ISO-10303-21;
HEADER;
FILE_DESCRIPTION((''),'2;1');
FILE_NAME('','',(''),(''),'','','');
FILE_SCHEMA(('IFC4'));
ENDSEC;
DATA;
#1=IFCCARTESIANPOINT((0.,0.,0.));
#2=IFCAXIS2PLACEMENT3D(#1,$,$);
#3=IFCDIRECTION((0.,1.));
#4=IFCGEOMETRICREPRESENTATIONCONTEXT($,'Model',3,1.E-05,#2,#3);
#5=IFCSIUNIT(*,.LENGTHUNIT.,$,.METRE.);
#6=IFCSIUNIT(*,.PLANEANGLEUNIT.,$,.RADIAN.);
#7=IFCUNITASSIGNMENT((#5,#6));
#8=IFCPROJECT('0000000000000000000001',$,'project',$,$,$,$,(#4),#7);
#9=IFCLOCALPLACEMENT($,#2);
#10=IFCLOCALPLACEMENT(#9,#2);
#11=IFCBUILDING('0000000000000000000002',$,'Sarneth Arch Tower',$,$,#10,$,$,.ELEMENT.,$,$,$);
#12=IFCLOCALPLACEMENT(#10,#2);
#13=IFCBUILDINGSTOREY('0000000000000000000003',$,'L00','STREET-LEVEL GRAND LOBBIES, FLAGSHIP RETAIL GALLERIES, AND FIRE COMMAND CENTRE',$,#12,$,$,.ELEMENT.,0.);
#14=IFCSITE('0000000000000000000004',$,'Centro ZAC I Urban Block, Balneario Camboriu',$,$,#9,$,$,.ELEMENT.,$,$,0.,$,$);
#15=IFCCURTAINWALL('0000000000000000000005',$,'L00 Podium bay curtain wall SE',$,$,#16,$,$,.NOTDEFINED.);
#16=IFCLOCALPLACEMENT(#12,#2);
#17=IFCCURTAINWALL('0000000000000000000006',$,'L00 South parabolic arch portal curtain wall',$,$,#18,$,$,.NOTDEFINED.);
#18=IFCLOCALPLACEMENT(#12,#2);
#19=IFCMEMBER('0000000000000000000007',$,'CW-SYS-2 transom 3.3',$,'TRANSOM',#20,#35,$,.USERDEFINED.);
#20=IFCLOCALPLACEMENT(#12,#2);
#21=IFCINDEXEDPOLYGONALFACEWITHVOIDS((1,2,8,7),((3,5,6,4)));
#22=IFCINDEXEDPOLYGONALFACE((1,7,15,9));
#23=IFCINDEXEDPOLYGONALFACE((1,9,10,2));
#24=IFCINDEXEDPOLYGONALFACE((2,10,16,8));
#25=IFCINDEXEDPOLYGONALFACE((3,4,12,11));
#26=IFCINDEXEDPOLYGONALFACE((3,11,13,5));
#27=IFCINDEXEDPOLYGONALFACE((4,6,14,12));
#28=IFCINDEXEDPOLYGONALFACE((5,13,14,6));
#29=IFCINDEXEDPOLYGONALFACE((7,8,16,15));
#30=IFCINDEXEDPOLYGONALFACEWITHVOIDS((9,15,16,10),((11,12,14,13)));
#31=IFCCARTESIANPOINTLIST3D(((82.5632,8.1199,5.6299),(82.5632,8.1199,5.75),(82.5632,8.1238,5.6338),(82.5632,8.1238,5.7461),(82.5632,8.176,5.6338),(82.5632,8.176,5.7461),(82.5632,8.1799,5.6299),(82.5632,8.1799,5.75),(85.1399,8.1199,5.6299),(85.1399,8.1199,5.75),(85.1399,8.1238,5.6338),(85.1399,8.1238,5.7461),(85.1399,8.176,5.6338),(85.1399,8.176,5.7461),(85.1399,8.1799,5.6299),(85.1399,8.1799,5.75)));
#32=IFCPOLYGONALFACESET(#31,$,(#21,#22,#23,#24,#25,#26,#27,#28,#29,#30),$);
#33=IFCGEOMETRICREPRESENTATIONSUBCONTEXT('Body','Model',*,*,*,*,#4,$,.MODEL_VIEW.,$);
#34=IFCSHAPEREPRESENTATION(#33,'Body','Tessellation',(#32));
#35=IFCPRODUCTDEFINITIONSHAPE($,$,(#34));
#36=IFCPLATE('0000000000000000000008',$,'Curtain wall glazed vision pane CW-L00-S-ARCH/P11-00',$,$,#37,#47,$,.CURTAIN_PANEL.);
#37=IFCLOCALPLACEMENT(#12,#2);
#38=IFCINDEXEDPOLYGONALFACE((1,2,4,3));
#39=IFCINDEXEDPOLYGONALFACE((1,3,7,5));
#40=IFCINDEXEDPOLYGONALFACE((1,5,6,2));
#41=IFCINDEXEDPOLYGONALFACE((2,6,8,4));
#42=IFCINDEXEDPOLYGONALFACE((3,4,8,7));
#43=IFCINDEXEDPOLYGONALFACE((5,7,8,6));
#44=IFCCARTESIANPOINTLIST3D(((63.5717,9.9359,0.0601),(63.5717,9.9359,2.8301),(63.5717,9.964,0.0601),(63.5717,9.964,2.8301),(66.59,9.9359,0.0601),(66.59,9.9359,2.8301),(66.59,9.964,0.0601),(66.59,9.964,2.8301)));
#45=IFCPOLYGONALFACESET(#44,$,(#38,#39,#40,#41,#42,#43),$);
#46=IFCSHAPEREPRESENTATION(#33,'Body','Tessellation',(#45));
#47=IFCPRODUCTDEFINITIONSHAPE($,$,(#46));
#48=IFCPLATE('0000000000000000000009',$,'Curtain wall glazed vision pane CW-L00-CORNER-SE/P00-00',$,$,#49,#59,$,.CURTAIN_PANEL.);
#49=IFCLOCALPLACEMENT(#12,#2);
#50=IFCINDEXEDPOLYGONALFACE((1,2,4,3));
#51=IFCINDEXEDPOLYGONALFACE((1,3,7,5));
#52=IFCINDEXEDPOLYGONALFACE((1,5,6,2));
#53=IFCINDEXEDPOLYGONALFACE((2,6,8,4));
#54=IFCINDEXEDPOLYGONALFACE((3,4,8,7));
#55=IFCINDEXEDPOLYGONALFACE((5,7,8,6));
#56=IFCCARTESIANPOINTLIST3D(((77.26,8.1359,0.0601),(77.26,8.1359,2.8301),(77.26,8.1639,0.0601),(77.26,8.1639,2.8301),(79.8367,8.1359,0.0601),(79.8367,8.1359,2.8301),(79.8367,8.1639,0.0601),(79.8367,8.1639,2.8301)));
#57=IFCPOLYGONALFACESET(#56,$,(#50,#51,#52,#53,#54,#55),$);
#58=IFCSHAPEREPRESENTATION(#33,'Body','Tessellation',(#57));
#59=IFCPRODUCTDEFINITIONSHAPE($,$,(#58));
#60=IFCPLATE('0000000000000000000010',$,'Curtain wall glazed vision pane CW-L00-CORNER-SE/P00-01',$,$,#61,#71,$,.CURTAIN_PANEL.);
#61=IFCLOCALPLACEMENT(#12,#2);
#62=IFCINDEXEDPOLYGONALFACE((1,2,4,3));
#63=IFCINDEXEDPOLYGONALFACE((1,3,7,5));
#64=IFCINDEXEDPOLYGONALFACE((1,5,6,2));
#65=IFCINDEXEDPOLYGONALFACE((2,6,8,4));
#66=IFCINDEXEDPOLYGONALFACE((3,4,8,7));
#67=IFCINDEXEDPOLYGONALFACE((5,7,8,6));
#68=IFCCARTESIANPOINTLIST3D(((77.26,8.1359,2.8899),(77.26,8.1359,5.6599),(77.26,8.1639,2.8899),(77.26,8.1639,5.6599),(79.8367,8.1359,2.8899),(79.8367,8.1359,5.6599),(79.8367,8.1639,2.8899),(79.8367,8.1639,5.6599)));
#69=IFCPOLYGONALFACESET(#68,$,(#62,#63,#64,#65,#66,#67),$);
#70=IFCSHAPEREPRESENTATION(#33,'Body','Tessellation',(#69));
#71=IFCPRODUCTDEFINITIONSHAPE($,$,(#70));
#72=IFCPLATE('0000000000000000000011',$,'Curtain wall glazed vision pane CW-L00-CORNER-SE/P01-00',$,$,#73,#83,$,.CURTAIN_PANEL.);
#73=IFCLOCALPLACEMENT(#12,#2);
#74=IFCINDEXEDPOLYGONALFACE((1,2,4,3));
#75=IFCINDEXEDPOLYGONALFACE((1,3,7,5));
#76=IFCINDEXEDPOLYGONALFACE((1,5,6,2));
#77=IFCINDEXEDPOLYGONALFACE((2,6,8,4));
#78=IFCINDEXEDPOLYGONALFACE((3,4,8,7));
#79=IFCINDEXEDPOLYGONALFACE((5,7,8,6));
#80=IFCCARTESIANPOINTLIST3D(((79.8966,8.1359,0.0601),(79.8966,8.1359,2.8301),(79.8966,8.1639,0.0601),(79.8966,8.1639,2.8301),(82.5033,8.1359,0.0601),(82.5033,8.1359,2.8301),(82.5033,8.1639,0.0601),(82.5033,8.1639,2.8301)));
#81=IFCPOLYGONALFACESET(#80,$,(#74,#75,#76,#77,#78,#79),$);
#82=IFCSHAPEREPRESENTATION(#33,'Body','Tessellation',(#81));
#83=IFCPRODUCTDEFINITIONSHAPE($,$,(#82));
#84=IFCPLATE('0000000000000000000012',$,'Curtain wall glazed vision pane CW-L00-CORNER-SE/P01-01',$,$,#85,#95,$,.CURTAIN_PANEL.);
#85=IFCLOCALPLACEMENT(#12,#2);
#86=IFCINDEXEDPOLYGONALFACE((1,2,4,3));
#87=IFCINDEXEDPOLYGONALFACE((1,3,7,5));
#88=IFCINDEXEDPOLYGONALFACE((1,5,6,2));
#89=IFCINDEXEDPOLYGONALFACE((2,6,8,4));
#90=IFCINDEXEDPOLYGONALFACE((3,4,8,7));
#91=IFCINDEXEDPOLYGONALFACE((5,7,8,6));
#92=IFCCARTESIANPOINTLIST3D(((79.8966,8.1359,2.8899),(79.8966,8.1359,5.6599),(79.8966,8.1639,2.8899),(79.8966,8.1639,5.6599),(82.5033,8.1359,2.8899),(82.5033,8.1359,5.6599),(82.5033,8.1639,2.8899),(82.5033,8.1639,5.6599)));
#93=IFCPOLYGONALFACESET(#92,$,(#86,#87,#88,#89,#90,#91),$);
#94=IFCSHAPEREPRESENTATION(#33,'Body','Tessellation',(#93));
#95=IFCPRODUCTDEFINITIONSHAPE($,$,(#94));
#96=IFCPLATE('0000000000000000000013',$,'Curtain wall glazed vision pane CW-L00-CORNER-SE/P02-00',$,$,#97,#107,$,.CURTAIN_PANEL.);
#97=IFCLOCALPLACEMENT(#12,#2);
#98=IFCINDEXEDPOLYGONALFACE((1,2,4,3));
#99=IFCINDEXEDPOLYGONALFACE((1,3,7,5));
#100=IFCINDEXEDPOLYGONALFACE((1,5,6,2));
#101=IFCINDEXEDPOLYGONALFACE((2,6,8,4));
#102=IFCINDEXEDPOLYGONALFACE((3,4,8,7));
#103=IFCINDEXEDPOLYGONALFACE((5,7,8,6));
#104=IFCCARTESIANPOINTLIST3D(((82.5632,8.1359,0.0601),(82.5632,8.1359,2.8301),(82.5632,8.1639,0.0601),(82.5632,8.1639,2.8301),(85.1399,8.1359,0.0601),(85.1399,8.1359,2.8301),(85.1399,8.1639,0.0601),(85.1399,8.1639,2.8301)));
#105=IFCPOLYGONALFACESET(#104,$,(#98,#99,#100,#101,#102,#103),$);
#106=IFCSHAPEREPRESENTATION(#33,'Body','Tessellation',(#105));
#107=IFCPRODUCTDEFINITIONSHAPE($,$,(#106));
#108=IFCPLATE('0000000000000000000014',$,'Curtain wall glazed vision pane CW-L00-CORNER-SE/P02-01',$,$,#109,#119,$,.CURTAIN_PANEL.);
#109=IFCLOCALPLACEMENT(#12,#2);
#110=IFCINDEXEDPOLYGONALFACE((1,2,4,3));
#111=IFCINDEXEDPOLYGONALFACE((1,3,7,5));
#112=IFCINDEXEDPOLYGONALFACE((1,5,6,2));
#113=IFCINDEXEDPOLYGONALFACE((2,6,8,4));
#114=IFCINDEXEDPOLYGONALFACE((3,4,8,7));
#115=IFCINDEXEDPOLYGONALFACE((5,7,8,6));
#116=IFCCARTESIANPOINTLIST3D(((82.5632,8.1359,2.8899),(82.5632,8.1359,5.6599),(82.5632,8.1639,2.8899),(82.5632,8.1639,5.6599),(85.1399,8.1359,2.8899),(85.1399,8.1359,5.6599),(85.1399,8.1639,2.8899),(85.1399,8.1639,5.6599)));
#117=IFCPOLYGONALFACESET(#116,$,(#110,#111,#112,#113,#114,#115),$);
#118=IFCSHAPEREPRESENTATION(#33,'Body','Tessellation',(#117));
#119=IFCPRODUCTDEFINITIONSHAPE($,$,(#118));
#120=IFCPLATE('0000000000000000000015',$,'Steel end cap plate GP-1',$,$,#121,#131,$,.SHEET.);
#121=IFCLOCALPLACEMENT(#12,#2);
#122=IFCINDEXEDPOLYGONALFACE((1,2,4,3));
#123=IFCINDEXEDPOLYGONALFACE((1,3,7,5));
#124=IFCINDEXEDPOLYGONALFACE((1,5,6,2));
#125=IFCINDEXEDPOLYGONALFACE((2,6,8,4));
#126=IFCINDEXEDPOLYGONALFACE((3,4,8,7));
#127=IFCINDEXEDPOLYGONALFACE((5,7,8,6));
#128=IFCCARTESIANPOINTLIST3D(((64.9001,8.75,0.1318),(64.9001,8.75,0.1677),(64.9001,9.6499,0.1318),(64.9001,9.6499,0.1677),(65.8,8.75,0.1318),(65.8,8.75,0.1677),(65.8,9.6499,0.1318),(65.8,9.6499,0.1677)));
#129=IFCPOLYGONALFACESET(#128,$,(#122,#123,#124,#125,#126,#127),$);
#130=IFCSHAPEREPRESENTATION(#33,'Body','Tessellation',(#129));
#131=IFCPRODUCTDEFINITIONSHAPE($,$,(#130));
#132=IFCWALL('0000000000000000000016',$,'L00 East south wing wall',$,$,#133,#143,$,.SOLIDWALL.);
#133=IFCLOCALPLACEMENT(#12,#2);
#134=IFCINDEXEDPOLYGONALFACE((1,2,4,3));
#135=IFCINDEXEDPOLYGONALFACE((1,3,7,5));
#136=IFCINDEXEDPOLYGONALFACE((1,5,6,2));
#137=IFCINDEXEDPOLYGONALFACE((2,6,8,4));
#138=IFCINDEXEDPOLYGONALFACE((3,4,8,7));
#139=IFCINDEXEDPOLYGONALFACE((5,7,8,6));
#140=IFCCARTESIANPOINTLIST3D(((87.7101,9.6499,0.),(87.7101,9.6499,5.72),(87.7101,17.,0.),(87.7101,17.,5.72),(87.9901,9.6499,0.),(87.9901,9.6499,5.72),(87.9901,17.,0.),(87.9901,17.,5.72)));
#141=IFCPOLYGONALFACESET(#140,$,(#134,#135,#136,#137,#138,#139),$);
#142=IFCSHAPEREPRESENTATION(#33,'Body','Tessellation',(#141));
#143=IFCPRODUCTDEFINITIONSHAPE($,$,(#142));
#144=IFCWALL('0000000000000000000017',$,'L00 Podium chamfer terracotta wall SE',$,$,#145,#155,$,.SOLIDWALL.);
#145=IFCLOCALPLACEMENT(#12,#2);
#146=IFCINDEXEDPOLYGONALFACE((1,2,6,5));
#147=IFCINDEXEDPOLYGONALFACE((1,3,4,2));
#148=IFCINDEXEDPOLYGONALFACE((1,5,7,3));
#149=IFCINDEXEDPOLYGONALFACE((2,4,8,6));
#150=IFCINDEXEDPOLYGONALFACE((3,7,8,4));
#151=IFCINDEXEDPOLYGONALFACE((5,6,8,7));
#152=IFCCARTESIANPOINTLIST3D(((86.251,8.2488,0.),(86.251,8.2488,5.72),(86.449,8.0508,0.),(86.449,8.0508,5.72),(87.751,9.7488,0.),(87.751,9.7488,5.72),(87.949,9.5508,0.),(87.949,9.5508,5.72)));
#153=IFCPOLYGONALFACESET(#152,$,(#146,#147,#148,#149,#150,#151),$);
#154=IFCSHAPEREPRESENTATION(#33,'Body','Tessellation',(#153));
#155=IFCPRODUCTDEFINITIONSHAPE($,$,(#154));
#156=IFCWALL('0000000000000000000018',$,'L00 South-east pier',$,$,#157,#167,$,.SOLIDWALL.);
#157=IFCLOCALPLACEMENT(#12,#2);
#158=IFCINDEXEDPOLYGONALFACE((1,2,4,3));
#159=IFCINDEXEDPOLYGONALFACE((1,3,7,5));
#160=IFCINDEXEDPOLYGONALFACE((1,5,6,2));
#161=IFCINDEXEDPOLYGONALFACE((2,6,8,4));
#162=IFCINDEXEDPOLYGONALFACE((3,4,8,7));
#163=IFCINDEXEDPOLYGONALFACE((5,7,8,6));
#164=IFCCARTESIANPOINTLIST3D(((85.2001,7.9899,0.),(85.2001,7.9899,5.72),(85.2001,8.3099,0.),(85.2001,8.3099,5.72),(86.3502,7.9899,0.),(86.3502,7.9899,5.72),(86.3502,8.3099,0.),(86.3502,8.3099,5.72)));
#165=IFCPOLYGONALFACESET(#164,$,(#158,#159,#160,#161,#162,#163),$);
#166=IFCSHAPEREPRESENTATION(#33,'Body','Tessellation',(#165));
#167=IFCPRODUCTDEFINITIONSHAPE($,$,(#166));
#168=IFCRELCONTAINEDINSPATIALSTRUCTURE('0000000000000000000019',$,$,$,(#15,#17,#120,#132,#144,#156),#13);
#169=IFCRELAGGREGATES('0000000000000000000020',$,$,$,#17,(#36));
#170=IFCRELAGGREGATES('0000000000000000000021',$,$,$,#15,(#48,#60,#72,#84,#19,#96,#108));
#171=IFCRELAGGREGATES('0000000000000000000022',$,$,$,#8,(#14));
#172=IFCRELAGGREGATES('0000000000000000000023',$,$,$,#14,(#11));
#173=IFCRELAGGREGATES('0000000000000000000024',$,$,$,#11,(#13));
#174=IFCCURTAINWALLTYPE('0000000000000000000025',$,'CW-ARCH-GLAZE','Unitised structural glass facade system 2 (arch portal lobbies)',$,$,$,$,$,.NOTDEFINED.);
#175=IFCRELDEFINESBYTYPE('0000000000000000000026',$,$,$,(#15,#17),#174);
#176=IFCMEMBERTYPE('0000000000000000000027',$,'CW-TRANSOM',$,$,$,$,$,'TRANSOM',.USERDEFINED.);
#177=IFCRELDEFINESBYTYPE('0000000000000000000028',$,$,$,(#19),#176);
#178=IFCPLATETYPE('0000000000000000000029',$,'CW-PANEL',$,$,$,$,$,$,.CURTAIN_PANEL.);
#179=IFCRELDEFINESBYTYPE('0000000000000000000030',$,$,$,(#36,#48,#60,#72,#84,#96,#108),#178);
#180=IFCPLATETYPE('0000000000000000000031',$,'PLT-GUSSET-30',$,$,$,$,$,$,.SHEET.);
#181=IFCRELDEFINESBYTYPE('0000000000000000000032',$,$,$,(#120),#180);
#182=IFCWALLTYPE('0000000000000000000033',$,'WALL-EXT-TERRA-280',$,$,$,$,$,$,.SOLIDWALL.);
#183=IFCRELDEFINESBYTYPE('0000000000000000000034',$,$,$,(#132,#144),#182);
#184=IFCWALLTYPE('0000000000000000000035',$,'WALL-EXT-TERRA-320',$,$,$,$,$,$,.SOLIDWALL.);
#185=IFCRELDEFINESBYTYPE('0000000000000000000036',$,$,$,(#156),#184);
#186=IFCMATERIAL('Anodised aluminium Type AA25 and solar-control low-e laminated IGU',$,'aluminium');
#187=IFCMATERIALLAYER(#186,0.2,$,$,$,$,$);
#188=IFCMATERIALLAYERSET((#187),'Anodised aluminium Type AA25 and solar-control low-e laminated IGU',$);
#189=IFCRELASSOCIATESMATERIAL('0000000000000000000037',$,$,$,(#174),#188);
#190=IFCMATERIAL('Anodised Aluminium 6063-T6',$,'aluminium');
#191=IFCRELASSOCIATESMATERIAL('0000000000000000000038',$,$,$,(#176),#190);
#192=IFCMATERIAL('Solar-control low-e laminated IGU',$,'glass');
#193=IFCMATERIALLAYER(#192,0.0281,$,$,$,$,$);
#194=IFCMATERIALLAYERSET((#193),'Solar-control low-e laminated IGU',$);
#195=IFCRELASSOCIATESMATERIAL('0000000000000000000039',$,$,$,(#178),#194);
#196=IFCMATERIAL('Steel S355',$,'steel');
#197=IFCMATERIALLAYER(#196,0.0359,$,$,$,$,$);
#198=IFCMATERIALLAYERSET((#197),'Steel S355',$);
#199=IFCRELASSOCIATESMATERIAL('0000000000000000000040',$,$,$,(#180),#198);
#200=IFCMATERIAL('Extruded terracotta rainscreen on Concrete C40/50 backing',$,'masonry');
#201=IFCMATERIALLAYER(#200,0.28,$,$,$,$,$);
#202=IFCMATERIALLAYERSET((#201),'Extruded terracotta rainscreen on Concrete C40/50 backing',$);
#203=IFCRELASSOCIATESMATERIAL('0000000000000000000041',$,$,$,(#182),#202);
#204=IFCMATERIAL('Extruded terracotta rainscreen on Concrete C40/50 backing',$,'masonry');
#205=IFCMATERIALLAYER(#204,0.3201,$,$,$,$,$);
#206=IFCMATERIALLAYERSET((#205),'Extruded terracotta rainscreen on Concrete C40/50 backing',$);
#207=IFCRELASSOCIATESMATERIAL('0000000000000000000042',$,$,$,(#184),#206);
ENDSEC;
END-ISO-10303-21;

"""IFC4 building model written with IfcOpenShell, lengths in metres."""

from ifc_helpers import new_model, si_unit, direction, frame, frame_2d, origin, origin_2d, place, context, subcontext, project, spatial, rectangle, hollow_rectangle, extrude, material, layer, layer_set, material_profile, profile_set, type_object, element, aggregate, save


model = new_model("IFC4")

# Units and contexts
model_context = context("Model", 3, precision=1e-05, world=origin(), true_north=direction((0.0, 1.0)))
body_context = subcontext(model_context, "Body", "Model", "MODEL_VIEW")
ifc_project = project(units=[si_unit("LENGTHUNIT", "METRE"), si_unit("PLANEANGLEUNIT", "RADIAN")], contexts=[model_context])

# Site, building, storey
site_placement = place(None, origin())
site = spatial("IfcSite", under=ifc_project, at=site_placement, Name="Centro ZAC I Urban Block, Balneario Camboriu", CompositionType="ELEMENT", RefElevation=0.0)
building_placement = place(site_placement, origin())
building = spatial("IfcBuilding", under=site, at=building_placement, Name="Sarneth Arch Tower", CompositionType="ELEMENT")
storey_placement = place(building_placement, origin())
storey = spatial("IfcBuildingStorey", under=building, at=storey_placement, Name="L00", Description="STREET-LEVEL GRAND LOBBIES, FLAGSHIP RETAIL GALLERIES, AND FIRE COMMAND CENTRE", CompositionType="ELEMENT", Elevation=0.0)

# Curtain walls
ifc_material_1 = material(Name="Anodised aluminium Type AA25 and solar-control low-e laminated IGU", Category="aluminium")
ifc_layer_1 = layer(ifc_material_1, 0.2)
ifc_layer_set_1 = layer_set([ifc_layer_1], Name="Anodised aluminium Type AA25 and solar-control low-e laminated IGU")
curtain_wall_type = type_object("IfcCurtainWallType", Name="CW-ARCH-GLAZE", Description="Unitised structural glass facade system 2 (arch portal lobbies)", PredefinedType="NOTDEFINED", material=ifc_layer_set_1)
curtain_wall_1_placement = place(storey_placement, origin())
curtain_wall_1 = element("IfcCurtainWall", 1, at=curtain_wall_1_placement, inside=storey, type_object=curtain_wall_type, Name="L00 Podium bay curtain wall SE", PredefinedType="NOTDEFINED")
curtain_wall_2_placement = place(storey_placement, origin())
curtain_wall_2 = element("IfcCurtainWall", 2, at=curtain_wall_2_placement, inside=storey, type_object=curtain_wall_type, Name="L00 South parabolic arch portal curtain wall", PredefinedType="NOTDEFINED")
ifc_material_2 = material(Name="Anodised Aluminium 6063-T6", Category="aluminium")
ifc_material_profile_1 = material_profile(ifc_material_2, hollow_rectangle(XDim=0.0601, YDim=0.1201, WallThickness=0.0039, at=origin_2d()), Name="AL-TRAN-120x60x4")
ifc_profile_set_1 = profile_set([ifc_material_profile_1], Name="Anodised Aluminium 6063-T6")
member_type_1 = type_object("IfcMemberType", Name="CW-TRANSOM", ElementType="TRANSOM", PredefinedType="USERDEFINED", material=ifc_profile_set_1)

# Member
member_1_placement = place(storey_placement, frame((82.5632, 8.1499, 5.6899), z_axis=(1.0, 0.0, 0.0), x_axis=(0.0, 1.0, 0.0)))
member_1 = element("IfcMember", 3, at=member_1_placement, type_object=member_type_1, Name="CW-SYS-2 transom 3.3", ObjectType="TRANSOM", PredefinedType="USERDEFINED", context=body_context, shape_type="SweptSolid", body=[
    extrude(hollow_rectangle(XDim=0.0601, YDim=0.1201, WallThickness=0.0039, at=origin_2d()), origin(), (0.0, 0.0, 1.0), 2.5767),
])

# Plates
ifc_material_3 = material(Name="Solar-control low-e laminated IGU", Category="glass")
ifc_layer_2 = layer(ifc_material_3, 0.0281)
ifc_layer_set_2 = layer_set([ifc_layer_2], Name="Solar-control low-e laminated IGU")
plate_type_1 = type_object("IfcPlateType", Name="CW-PANEL", PredefinedType="CURTAIN_PANEL", material=ifc_layer_set_2)
plate_1_placement = place(storey_placement, frame((65.0808, 9.95, 0.0601), z_axis=(0.0, 0.0, 1.0), x_axis=(1.0, 0.0, 0.0)))
plate_1 = element("IfcPlate", 4, at=plate_1_placement, type_object=plate_type_1, Name="Curtain wall glazed vision pane CW-L00-S-ARCH/P11-00", PredefinedType="CURTAIN_PANEL", context=body_context, shape_type="SweptSolid", body=[
    extrude(rectangle(XDim=3.0183, YDim=0.0281, at=origin_2d()), origin(), (0.0, 0.0, 1.0), 2.77),
])
aggregate(curtain_wall_2, [plate_1])
plate_2_placement = place(storey_placement, frame((78.5483, 8.1499, 0.0601), z_axis=(0.0, 0.0, 1.0), x_axis=(1.0, 0.0, 0.0)))
plate_2 = element("IfcPlate", 5, at=plate_2_placement, type_object=plate_type_1, Name="Curtain wall glazed vision pane CW-L00-CORNER-SE/P00-00", PredefinedType="CURTAIN_PANEL", context=body_context, shape_type="SweptSolid", body=[
    extrude(rectangle(XDim=2.5767, YDim=0.0281, at=origin_2d()), origin(), (0.0, 0.0, 1.0), 2.77),
])
plate_3_placement = place(storey_placement, frame((78.5483, 8.1499, 2.8899), z_axis=(0.0, 0.0, 1.0), x_axis=(1.0, 0.0, 0.0)))
plate_3 = element("IfcPlate", 6, at=plate_3_placement, type_object=plate_type_1, Name="Curtain wall glazed vision pane CW-L00-CORNER-SE/P00-01", PredefinedType="CURTAIN_PANEL", context=body_context, shape_type="SweptSolid", body=[
    extrude(rectangle(XDim=2.5767, YDim=0.0281, at=origin_2d()), origin(), (0.0, 0.0, 1.0), 2.77),
])
plate_4_placement = place(storey_placement, frame((81.2, 8.1499, 0.0601), z_axis=(0.0, 0.0, 1.0), x_axis=(1.0, 0.0, 0.0)))
plate_4 = element("IfcPlate", 7, at=plate_4_placement, type_object=plate_type_1, Name="Curtain wall glazed vision pane CW-L00-CORNER-SE/P01-00", PredefinedType="CURTAIN_PANEL", context=body_context, shape_type="SweptSolid", body=[
    extrude(rectangle(XDim=2.6067, YDim=0.0281, at=origin_2d()), origin(), (0.0, 0.0, 1.0), 2.77),
])
plate_5_placement = place(storey_placement, frame((81.2, 8.1499, 2.8899), z_axis=(0.0, 0.0, 1.0), x_axis=(1.0, 0.0, 0.0)))
plate_5 = element("IfcPlate", 8, at=plate_5_placement, type_object=plate_type_1, Name="Curtain wall glazed vision pane CW-L00-CORNER-SE/P01-01", PredefinedType="CURTAIN_PANEL", context=body_context, shape_type="SweptSolid", body=[
    extrude(rectangle(XDim=2.6067, YDim=0.0281, at=origin_2d()), origin(), (0.0, 0.0, 1.0), 2.77),
])
plate_6_placement = place(storey_placement, frame((83.8516, 8.1499, 0.0601), z_axis=(0.0, 0.0, 1.0), x_axis=(1.0, 0.0, 0.0)))
plate_6 = element("IfcPlate", 9, at=plate_6_placement, type_object=plate_type_1, Name="Curtain wall glazed vision pane CW-L00-CORNER-SE/P02-00", PredefinedType="CURTAIN_PANEL", context=body_context, shape_type="SweptSolid", body=[
    extrude(rectangle(XDim=2.5767, YDim=0.0281, at=origin_2d()), origin(), (0.0, 0.0, 1.0), 2.77),
])
plate_7_placement = place(storey_placement, frame((83.8516, 8.1499, 2.8899), z_axis=(0.0, 0.0, 1.0), x_axis=(1.0, 0.0, 0.0)))
plate_7 = element("IfcPlate", 10, at=plate_7_placement, type_object=plate_type_1, Name="Curtain wall glazed vision pane CW-L00-CORNER-SE/P02-01", PredefinedType="CURTAIN_PANEL", context=body_context, shape_type="SweptSolid", body=[
    extrude(rectangle(XDim=2.5767, YDim=0.0281, at=origin_2d()), origin(), (0.0, 0.0, 1.0), 2.77),
])
aggregate(curtain_wall_1, [plate_2, plate_3, plate_4, plate_5, member_1, plate_6, plate_7])
ifc_material_4 = material(Name="Steel S355", Category="steel")
ifc_layer_3 = layer(ifc_material_4, 0.0359)
ifc_layer_set_3 = layer_set([ifc_layer_3], Name="Steel S355")
plate_type_2 = type_object("IfcPlateType", Name="PLT-GUSSET-30", PredefinedType="SHEET", material=ifc_layer_set_3)
plate_8_placement = place(storey_placement, frame((65.3501, 9.2, 0.1318), z_axis=(0.0, 0.0, 1.0), x_axis=(-1.0, 0.0, 0.0)))
element("IfcPlate", 11, at=plate_8_placement, inside=storey, type_object=plate_type_2, Name="Steel end cap plate GP-1", PredefinedType="SHEET", context=body_context, shape_type="SweptSolid", body=[
    extrude(rectangle(XDim=0.8999, YDim=0.8999, at=origin_2d()), origin(), (0.0, 0.0, 1.0), 0.0359),
])

# Walls
ifc_material_5 = material(Name="Extruded terracotta rainscreen on Concrete C40/50 backing", Category="masonry")
ifc_layer_4 = layer(ifc_material_5, 0.28)
ifc_layer_set_4 = layer_set([ifc_layer_4], Name="Extruded terracotta rainscreen on Concrete C40/50 backing")
wall_type_1 = type_object("IfcWallType", Name="WALL-EXT-TERRA-280", PredefinedType="SOLIDWALL", material=ifc_layer_set_4)
wall_1_placement = place(storey_placement, frame((87.8501, 9.6499, 0.0), z_axis=(0.0, 0.0, 1.0), x_axis=(0.0, 1.0, 0.0)))
element("IfcWall", 12, at=wall_1_placement, inside=storey, type_object=wall_type_1, Name="L00 East south wing wall", PredefinedType="SOLIDWALL", context=body_context, shape_type="SweptSolid", body=[
    extrude(rectangle(XDim=7.3501, YDim=0.28, at=frame_2d((3.675, 0.0))), origin(), (0.0, 0.0, 1.0), 5.72),
])
wall_2_placement = place(storey_placement, frame((86.3501, 8.1499, 0.0), z_axis=(0.0, 0.0, 1.0), x_axis=(0.707107, 0.707107, 0.0)))
element("IfcWall", 13, at=wall_2_placement, inside=storey, type_object=wall_type_1, Name="L00 Podium chamfer terracotta wall SE", PredefinedType="SOLIDWALL", context=body_context, shape_type="SweptSolid", body=[
    extrude(rectangle(XDim=2.1213, YDim=0.28, at=frame_2d((1.0605, 0.0))), origin(), (0.0, 0.0, 1.0), 5.72),
])
ifc_material_6 = material(Name="Extruded terracotta rainscreen on Concrete C40/50 backing", Category="masonry")
ifc_layer_5 = layer(ifc_material_6, 0.3201)
ifc_layer_set_5 = layer_set([ifc_layer_5], Name="Extruded terracotta rainscreen on Concrete C40/50 backing")
wall_type_2 = type_object("IfcWallType", Name="WALL-EXT-TERRA-320", PredefinedType="SOLIDWALL", material=ifc_layer_set_5)
wall_3_placement = place(storey_placement, frame((85.2, 8.1499, 0.0), z_axis=(0.0, 0.0, 1.0), x_axis=(1.0, 0.0, 0.0)))
element("IfcWall", 14, at=wall_3_placement, inside=storey, type_object=wall_type_2, Name="L00 South-east pier", PredefinedType="SOLIDWALL", context=body_context, shape_type="SweptSolid", body=[
    extrude(rectangle(XDim=1.1501, YDim=0.3201, at=frame_2d((0.5752, 0.0))), origin(), (0.0, 0.0, 1.0), 5.72),
])

save(model, "model.ifc")
